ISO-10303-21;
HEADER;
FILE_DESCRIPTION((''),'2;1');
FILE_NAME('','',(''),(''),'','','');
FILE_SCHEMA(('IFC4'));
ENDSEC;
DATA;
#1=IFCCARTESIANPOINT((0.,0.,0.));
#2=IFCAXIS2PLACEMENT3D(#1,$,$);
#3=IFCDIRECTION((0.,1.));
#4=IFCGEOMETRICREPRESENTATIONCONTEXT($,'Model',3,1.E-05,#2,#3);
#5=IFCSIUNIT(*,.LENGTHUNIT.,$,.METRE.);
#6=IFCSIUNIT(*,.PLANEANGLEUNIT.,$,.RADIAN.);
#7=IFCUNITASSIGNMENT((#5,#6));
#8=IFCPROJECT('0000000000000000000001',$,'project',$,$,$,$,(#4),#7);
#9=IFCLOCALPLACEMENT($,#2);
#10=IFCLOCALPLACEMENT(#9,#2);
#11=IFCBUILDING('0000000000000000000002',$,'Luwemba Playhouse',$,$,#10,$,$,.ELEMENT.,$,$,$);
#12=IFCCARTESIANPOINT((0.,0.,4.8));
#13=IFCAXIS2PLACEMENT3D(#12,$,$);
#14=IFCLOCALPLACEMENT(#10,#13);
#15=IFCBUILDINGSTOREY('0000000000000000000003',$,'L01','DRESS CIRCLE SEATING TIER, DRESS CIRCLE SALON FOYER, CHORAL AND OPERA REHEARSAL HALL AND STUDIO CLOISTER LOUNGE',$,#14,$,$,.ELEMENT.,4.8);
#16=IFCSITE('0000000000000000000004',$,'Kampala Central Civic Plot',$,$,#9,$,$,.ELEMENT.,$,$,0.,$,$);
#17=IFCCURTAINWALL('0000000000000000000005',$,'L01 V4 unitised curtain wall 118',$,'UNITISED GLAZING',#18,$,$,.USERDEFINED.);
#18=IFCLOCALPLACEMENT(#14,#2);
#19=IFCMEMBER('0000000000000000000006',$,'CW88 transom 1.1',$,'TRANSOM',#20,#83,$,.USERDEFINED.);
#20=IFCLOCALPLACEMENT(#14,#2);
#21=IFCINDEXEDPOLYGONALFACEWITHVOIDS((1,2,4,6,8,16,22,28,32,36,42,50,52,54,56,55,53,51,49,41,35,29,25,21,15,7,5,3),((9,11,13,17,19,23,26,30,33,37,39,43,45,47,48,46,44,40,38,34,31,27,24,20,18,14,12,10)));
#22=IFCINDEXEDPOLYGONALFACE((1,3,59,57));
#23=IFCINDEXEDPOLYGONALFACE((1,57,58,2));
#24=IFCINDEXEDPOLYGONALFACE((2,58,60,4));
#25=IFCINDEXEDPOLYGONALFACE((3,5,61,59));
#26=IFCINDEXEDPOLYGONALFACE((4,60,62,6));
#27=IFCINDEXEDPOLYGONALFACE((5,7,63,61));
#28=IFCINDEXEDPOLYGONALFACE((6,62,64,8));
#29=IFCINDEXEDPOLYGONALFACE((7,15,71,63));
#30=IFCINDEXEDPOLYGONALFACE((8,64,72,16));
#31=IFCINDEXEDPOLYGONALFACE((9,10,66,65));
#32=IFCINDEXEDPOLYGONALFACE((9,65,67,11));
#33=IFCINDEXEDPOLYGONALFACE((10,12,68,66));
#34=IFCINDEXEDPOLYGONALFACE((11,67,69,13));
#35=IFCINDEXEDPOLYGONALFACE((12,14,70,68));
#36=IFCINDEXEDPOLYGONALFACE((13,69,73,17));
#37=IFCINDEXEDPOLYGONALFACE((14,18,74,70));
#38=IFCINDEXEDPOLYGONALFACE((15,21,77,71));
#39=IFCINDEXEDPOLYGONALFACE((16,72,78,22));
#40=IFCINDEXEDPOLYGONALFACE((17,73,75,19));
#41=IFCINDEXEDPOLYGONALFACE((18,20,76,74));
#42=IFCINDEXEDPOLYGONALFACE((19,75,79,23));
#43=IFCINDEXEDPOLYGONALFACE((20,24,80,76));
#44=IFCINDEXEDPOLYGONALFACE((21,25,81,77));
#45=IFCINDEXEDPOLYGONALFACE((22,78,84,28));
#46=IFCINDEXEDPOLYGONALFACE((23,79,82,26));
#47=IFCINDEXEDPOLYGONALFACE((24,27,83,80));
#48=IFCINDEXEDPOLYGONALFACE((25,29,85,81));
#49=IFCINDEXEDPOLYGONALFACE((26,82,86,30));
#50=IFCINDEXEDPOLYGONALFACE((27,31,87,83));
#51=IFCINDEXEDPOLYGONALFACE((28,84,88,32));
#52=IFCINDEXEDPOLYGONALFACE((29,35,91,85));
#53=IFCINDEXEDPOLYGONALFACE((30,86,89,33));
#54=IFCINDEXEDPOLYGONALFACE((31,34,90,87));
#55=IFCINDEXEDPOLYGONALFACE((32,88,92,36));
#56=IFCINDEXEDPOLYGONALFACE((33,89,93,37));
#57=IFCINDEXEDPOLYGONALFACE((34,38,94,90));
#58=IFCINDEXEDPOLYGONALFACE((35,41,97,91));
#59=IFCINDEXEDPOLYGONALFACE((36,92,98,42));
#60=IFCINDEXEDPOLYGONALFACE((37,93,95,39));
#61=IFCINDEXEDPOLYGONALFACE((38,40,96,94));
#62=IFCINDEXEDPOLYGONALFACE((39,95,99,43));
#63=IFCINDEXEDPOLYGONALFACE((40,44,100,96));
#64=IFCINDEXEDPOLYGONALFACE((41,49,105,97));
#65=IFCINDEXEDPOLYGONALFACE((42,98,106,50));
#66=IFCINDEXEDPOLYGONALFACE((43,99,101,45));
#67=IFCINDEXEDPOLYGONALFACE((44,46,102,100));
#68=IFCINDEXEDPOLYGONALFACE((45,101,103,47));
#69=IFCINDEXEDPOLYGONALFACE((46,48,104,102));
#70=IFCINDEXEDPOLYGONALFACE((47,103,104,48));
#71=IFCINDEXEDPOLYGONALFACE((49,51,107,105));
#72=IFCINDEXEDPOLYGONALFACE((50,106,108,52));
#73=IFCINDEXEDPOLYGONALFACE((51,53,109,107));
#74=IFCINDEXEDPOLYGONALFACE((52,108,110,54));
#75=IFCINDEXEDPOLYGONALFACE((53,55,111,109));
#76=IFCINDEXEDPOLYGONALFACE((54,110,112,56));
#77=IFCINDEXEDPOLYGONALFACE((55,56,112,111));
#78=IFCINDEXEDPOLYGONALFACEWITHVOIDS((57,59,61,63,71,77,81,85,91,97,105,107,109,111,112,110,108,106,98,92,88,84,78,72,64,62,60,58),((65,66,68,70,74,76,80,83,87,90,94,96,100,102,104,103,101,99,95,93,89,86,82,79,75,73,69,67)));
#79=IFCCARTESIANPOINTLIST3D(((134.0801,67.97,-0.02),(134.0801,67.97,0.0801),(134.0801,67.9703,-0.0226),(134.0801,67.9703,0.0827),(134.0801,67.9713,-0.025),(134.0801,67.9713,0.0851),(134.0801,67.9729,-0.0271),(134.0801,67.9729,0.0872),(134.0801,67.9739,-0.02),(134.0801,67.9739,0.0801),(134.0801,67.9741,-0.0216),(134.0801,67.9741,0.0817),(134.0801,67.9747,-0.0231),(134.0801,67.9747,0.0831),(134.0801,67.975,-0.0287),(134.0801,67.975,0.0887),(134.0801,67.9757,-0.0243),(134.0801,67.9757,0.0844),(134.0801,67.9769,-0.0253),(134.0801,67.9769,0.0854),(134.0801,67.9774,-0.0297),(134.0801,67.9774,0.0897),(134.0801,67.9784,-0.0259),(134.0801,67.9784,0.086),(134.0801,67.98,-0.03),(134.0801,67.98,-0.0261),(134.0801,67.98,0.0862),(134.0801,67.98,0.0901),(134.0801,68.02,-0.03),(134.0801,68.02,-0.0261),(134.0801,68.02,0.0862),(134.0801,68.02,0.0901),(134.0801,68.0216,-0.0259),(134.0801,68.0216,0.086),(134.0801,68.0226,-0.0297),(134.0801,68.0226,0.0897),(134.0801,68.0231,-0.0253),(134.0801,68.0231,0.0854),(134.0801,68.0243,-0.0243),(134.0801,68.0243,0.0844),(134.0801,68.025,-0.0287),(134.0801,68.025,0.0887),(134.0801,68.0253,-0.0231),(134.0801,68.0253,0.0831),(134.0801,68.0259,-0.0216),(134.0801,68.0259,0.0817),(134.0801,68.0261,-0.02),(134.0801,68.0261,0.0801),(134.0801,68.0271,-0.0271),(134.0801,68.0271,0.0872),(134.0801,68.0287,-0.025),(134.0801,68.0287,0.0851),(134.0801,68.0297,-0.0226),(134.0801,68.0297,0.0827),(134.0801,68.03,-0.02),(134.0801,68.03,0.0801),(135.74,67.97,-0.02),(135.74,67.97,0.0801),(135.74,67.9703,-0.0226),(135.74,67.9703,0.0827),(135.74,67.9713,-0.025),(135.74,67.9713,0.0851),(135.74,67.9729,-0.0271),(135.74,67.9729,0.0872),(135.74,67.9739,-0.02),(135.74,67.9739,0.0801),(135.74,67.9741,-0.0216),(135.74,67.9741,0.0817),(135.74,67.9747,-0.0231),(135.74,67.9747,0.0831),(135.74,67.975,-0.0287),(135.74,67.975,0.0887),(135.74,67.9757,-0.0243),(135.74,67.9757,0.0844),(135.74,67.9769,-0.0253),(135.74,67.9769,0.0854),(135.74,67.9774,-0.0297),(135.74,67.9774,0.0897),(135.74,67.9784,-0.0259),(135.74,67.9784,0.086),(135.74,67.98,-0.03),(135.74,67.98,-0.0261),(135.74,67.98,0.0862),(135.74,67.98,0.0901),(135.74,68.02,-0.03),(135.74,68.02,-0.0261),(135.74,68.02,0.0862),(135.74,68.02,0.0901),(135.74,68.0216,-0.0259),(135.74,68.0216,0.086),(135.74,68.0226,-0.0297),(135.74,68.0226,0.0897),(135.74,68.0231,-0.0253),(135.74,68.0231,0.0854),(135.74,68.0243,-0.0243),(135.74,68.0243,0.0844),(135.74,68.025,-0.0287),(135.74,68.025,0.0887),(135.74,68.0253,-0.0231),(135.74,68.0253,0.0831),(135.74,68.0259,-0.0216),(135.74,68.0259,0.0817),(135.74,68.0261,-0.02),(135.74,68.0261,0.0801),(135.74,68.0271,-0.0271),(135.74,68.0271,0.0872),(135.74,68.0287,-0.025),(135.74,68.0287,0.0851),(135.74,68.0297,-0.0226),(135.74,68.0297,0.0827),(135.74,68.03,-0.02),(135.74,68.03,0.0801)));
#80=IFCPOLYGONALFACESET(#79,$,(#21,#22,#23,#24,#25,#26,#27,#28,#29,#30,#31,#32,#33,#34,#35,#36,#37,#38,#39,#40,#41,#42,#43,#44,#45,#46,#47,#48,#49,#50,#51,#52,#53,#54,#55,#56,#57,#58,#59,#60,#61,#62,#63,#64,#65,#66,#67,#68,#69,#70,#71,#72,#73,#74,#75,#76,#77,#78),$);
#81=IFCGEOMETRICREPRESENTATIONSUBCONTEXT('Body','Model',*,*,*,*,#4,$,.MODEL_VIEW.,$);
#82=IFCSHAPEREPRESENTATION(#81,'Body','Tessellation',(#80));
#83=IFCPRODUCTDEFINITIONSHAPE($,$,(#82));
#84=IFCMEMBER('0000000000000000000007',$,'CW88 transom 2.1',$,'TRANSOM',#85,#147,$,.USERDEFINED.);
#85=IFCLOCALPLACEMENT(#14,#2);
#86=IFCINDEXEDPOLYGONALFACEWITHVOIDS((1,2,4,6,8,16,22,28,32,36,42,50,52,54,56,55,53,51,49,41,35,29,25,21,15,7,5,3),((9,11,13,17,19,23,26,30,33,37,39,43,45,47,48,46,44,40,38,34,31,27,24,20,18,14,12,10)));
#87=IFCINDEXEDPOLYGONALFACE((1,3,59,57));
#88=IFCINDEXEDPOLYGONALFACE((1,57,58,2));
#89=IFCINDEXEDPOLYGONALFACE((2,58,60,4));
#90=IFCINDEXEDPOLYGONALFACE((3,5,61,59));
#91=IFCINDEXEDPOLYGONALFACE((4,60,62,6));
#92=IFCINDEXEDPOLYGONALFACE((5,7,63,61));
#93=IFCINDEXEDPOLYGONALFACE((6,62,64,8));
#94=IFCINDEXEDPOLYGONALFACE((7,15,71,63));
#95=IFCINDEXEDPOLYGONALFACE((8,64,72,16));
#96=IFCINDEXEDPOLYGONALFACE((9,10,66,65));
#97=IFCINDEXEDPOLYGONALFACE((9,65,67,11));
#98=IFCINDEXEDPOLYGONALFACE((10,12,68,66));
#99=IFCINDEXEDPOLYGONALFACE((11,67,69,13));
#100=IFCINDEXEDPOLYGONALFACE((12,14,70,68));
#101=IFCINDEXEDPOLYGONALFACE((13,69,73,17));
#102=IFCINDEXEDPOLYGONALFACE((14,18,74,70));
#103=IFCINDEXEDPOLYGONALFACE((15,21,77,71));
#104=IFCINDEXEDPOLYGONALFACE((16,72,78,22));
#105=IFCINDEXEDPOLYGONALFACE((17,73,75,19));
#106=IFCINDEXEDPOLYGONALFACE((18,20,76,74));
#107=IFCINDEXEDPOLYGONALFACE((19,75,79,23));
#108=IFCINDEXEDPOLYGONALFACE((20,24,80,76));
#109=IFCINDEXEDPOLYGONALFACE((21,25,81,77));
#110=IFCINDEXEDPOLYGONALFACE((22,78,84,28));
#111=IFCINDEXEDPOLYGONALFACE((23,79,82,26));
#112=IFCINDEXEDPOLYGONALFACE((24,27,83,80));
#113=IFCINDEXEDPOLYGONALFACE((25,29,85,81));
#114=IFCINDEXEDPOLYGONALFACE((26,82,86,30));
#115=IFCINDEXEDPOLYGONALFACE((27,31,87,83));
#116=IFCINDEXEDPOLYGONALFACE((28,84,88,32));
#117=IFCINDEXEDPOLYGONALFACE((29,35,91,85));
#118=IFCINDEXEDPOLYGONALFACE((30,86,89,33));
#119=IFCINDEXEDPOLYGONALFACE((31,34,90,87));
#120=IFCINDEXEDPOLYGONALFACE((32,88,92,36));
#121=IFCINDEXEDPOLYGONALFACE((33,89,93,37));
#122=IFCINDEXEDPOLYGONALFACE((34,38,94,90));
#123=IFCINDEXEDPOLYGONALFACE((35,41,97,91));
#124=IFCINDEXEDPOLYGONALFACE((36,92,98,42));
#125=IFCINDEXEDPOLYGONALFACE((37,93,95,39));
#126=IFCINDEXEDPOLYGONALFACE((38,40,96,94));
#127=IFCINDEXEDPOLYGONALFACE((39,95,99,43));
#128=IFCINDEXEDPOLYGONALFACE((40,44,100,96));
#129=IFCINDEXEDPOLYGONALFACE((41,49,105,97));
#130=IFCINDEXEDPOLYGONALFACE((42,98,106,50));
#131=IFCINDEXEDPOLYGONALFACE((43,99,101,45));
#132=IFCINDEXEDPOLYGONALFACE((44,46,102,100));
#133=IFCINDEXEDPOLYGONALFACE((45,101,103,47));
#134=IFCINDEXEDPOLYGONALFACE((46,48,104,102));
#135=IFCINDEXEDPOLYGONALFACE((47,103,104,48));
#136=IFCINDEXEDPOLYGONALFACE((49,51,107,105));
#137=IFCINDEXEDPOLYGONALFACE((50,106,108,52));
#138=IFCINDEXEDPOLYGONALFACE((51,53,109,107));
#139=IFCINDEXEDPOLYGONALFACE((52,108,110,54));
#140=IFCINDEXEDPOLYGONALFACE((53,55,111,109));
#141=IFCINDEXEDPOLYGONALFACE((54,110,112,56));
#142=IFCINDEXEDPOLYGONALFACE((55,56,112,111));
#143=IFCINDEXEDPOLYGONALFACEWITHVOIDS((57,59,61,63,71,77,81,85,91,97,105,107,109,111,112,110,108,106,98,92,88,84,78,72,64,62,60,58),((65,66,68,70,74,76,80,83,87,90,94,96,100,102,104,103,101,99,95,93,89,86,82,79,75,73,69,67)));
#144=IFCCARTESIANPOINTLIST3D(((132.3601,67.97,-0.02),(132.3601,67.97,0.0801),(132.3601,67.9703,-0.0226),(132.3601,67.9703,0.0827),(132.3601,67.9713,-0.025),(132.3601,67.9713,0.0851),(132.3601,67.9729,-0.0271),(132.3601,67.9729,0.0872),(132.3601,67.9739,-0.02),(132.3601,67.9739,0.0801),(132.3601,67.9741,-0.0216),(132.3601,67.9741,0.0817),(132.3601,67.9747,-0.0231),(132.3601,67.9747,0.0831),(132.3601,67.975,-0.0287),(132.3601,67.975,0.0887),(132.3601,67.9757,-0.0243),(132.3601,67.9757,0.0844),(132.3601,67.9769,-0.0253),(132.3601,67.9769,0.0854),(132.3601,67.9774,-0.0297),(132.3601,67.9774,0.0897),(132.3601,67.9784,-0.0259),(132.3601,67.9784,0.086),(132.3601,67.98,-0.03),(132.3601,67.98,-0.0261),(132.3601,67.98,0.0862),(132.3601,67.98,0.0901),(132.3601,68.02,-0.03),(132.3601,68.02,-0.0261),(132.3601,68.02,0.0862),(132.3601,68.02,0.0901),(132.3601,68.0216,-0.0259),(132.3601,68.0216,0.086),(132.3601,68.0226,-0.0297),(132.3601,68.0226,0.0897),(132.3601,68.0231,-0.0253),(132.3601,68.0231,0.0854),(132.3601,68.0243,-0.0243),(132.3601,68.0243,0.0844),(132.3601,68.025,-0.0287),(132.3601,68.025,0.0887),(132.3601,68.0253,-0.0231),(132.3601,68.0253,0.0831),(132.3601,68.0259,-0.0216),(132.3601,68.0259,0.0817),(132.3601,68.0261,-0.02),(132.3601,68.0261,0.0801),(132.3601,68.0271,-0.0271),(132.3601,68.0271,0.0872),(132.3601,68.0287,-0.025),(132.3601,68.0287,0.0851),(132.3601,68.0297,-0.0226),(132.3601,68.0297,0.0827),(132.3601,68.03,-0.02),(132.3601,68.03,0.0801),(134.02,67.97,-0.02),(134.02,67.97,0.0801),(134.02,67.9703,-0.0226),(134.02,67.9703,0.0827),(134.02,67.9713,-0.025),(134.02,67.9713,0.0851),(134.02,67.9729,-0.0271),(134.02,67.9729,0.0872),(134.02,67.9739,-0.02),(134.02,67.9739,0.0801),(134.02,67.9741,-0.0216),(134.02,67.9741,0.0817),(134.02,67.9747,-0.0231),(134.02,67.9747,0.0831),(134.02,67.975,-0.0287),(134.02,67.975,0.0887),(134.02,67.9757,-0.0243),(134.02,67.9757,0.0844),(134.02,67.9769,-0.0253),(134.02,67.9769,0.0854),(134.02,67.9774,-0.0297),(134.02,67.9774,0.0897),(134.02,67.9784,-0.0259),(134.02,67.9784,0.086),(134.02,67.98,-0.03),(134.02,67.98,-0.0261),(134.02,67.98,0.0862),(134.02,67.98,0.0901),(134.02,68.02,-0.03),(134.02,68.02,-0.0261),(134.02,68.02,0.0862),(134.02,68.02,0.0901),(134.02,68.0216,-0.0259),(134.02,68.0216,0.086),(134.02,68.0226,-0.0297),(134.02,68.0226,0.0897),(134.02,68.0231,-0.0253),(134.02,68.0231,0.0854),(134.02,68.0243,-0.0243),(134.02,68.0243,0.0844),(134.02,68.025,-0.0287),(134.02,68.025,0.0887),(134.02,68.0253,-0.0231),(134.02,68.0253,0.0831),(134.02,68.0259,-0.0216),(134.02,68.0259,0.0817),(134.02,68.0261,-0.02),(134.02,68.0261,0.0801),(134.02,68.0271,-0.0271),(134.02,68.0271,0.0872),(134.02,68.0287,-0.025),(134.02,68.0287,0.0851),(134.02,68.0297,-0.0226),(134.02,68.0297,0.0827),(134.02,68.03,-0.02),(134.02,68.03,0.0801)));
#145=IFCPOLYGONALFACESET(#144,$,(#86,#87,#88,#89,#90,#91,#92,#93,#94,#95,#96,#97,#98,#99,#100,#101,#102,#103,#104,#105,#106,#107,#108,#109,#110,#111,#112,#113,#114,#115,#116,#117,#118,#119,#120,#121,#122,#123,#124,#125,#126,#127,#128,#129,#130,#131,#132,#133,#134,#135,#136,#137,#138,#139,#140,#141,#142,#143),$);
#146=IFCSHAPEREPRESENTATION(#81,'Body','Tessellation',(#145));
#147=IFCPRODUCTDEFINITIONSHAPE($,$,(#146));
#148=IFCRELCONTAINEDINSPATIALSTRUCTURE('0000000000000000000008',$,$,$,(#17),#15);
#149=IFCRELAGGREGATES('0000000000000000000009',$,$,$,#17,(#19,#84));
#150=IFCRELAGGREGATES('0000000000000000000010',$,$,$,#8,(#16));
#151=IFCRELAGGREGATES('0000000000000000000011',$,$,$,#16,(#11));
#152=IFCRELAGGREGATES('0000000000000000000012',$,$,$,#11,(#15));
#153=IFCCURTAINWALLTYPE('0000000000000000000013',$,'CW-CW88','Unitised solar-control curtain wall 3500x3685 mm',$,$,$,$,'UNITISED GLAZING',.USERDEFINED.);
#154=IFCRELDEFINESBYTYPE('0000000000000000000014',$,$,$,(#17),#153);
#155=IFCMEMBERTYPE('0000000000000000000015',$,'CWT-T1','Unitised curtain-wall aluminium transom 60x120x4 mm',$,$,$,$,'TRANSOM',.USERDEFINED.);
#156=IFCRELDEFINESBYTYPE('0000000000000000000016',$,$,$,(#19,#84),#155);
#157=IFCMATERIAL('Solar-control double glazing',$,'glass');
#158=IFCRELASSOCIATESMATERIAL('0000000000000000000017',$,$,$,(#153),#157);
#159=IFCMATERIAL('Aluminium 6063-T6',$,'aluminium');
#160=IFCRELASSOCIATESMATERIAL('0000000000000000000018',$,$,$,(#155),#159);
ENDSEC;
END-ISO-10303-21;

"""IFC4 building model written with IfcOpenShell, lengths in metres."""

from ifc_helpers import new_model, si_unit, direction, frame, origin, origin_2d, place, context, subcontext, project, spatial, hollow_rectangle, extrude, material, material_profile, profile_set, type_object, element, aggregate, save


model = new_model("IFC4")

# Units and contexts
model_context = context("Model", 3, precision=1e-05, world=origin(), true_north=direction((0.0, 1.0)))
body_context = subcontext(model_context, "Body", "Model", "MODEL_VIEW")
ifc_project = project(units=[si_unit("LENGTHUNIT", "METRE"), si_unit("PLANEANGLEUNIT", "RADIAN")], contexts=[model_context])

# Site, building, storey
site_placement = place(None, origin())
site = spatial("IfcSite", under=ifc_project, at=site_placement, Name="Kampala Central Civic Plot", CompositionType="ELEMENT", RefElevation=0.0)
building_placement = place(site_placement, origin())
building = spatial("IfcBuilding", under=site, at=building_placement, Name="Luwemba Playhouse", CompositionType="ELEMENT")
storey_placement = place(building_placement, frame((0.0, 0.0, 4.8)))
storey = spatial("IfcBuildingStorey", under=building, at=storey_placement, Name="L01", Description="DRESS CIRCLE SEATING TIER, DRESS CIRCLE SALON FOYER, CHORAL AND OPERA REHEARSAL HALL AND STUDIO CLOISTER LOUNGE", CompositionType="ELEMENT", Elevation=4.8)

# Curtain wall, members
ifc_material_1 = material(Name="Solar-control double glazing", Category="glass")
curtain_wall_type = type_object("IfcCurtainWallType", Name="CW-CW88", Description="Unitised solar-control curtain wall 3500x3685 mm", ElementType="UNITISED GLAZING", PredefinedType="USERDEFINED", material=ifc_material_1)
curtain_wall_placement = place(storey_placement, origin())
curtain_wall = element("IfcCurtainWall", 1, at=curtain_wall_placement, inside=storey, type_object=curtain_wall_type, Name="L01 V4 unitised curtain wall 118", ObjectType="UNITISED GLAZING", PredefinedType="USERDEFINED")
ifc_material_2 = material(Name="Aluminium 6063-T6", Category="aluminium")
ifc_material_profile_1 = material_profile(ifc_material_2, hollow_rectangle(XDim=0.0601, YDim=0.1201, WallThickness=0.0039, InnerFilletRadius=0.0061, OuterFilletRadius=0.01, at=origin_2d()))
ifc_profile_set_1 = profile_set([ifc_material_profile_1], Name="Aluminium 6063-T6")
member_type_1 = type_object("IfcMemberType", Name="CWT-T1", Description="Unitised curtain-wall aluminium transom 60x120x4 mm", ElementType="TRANSOM", PredefinedType="USERDEFINED", material=ifc_profile_set_1)
member_1_placement = place(storey_placement, frame((135.74, 68.0, 0.03), z_axis=(-1.0, 0.0, 0.0), x_axis=(0.0, -1.0, 0.0)))
member_1 = element("IfcMember", 2, at=member_1_placement, type_object=member_type_1, Name="CW88 transom 1.1", ObjectType="TRANSOM", PredefinedType="USERDEFINED", context=body_context, shape_type="SweptSolid", body=[
    extrude(hollow_rectangle(XDim=0.0601, YDim=0.1201, WallThickness=0.0039, InnerFilletRadius=0.0061, OuterFilletRadius=0.01, at=origin_2d()), origin(), (0.0, 0.0, 1.0), 1.6599),
])
member_2_placement = place(storey_placement, frame((134.02, 68.0, 0.03), z_axis=(-1.0, 0.0, 0.0), x_axis=(0.0, -1.0, 0.0)))
member_2 = element("IfcMember", 3, at=member_2_placement, type_object=member_type_1, Name="CW88 transom 2.1", ObjectType="TRANSOM", PredefinedType="USERDEFINED", context=body_context, shape_type="SweptSolid", body=[
    extrude(hollow_rectangle(XDim=0.0601, YDim=0.1201, WallThickness=0.0039, InnerFilletRadius=0.0061, OuterFilletRadius=0.01, at=origin_2d()), origin(), (0.0, 0.0, 1.0), 1.6599),
])
aggregate(curtain_wall, [member_1, member_2])

save(model, "model.ifc")
